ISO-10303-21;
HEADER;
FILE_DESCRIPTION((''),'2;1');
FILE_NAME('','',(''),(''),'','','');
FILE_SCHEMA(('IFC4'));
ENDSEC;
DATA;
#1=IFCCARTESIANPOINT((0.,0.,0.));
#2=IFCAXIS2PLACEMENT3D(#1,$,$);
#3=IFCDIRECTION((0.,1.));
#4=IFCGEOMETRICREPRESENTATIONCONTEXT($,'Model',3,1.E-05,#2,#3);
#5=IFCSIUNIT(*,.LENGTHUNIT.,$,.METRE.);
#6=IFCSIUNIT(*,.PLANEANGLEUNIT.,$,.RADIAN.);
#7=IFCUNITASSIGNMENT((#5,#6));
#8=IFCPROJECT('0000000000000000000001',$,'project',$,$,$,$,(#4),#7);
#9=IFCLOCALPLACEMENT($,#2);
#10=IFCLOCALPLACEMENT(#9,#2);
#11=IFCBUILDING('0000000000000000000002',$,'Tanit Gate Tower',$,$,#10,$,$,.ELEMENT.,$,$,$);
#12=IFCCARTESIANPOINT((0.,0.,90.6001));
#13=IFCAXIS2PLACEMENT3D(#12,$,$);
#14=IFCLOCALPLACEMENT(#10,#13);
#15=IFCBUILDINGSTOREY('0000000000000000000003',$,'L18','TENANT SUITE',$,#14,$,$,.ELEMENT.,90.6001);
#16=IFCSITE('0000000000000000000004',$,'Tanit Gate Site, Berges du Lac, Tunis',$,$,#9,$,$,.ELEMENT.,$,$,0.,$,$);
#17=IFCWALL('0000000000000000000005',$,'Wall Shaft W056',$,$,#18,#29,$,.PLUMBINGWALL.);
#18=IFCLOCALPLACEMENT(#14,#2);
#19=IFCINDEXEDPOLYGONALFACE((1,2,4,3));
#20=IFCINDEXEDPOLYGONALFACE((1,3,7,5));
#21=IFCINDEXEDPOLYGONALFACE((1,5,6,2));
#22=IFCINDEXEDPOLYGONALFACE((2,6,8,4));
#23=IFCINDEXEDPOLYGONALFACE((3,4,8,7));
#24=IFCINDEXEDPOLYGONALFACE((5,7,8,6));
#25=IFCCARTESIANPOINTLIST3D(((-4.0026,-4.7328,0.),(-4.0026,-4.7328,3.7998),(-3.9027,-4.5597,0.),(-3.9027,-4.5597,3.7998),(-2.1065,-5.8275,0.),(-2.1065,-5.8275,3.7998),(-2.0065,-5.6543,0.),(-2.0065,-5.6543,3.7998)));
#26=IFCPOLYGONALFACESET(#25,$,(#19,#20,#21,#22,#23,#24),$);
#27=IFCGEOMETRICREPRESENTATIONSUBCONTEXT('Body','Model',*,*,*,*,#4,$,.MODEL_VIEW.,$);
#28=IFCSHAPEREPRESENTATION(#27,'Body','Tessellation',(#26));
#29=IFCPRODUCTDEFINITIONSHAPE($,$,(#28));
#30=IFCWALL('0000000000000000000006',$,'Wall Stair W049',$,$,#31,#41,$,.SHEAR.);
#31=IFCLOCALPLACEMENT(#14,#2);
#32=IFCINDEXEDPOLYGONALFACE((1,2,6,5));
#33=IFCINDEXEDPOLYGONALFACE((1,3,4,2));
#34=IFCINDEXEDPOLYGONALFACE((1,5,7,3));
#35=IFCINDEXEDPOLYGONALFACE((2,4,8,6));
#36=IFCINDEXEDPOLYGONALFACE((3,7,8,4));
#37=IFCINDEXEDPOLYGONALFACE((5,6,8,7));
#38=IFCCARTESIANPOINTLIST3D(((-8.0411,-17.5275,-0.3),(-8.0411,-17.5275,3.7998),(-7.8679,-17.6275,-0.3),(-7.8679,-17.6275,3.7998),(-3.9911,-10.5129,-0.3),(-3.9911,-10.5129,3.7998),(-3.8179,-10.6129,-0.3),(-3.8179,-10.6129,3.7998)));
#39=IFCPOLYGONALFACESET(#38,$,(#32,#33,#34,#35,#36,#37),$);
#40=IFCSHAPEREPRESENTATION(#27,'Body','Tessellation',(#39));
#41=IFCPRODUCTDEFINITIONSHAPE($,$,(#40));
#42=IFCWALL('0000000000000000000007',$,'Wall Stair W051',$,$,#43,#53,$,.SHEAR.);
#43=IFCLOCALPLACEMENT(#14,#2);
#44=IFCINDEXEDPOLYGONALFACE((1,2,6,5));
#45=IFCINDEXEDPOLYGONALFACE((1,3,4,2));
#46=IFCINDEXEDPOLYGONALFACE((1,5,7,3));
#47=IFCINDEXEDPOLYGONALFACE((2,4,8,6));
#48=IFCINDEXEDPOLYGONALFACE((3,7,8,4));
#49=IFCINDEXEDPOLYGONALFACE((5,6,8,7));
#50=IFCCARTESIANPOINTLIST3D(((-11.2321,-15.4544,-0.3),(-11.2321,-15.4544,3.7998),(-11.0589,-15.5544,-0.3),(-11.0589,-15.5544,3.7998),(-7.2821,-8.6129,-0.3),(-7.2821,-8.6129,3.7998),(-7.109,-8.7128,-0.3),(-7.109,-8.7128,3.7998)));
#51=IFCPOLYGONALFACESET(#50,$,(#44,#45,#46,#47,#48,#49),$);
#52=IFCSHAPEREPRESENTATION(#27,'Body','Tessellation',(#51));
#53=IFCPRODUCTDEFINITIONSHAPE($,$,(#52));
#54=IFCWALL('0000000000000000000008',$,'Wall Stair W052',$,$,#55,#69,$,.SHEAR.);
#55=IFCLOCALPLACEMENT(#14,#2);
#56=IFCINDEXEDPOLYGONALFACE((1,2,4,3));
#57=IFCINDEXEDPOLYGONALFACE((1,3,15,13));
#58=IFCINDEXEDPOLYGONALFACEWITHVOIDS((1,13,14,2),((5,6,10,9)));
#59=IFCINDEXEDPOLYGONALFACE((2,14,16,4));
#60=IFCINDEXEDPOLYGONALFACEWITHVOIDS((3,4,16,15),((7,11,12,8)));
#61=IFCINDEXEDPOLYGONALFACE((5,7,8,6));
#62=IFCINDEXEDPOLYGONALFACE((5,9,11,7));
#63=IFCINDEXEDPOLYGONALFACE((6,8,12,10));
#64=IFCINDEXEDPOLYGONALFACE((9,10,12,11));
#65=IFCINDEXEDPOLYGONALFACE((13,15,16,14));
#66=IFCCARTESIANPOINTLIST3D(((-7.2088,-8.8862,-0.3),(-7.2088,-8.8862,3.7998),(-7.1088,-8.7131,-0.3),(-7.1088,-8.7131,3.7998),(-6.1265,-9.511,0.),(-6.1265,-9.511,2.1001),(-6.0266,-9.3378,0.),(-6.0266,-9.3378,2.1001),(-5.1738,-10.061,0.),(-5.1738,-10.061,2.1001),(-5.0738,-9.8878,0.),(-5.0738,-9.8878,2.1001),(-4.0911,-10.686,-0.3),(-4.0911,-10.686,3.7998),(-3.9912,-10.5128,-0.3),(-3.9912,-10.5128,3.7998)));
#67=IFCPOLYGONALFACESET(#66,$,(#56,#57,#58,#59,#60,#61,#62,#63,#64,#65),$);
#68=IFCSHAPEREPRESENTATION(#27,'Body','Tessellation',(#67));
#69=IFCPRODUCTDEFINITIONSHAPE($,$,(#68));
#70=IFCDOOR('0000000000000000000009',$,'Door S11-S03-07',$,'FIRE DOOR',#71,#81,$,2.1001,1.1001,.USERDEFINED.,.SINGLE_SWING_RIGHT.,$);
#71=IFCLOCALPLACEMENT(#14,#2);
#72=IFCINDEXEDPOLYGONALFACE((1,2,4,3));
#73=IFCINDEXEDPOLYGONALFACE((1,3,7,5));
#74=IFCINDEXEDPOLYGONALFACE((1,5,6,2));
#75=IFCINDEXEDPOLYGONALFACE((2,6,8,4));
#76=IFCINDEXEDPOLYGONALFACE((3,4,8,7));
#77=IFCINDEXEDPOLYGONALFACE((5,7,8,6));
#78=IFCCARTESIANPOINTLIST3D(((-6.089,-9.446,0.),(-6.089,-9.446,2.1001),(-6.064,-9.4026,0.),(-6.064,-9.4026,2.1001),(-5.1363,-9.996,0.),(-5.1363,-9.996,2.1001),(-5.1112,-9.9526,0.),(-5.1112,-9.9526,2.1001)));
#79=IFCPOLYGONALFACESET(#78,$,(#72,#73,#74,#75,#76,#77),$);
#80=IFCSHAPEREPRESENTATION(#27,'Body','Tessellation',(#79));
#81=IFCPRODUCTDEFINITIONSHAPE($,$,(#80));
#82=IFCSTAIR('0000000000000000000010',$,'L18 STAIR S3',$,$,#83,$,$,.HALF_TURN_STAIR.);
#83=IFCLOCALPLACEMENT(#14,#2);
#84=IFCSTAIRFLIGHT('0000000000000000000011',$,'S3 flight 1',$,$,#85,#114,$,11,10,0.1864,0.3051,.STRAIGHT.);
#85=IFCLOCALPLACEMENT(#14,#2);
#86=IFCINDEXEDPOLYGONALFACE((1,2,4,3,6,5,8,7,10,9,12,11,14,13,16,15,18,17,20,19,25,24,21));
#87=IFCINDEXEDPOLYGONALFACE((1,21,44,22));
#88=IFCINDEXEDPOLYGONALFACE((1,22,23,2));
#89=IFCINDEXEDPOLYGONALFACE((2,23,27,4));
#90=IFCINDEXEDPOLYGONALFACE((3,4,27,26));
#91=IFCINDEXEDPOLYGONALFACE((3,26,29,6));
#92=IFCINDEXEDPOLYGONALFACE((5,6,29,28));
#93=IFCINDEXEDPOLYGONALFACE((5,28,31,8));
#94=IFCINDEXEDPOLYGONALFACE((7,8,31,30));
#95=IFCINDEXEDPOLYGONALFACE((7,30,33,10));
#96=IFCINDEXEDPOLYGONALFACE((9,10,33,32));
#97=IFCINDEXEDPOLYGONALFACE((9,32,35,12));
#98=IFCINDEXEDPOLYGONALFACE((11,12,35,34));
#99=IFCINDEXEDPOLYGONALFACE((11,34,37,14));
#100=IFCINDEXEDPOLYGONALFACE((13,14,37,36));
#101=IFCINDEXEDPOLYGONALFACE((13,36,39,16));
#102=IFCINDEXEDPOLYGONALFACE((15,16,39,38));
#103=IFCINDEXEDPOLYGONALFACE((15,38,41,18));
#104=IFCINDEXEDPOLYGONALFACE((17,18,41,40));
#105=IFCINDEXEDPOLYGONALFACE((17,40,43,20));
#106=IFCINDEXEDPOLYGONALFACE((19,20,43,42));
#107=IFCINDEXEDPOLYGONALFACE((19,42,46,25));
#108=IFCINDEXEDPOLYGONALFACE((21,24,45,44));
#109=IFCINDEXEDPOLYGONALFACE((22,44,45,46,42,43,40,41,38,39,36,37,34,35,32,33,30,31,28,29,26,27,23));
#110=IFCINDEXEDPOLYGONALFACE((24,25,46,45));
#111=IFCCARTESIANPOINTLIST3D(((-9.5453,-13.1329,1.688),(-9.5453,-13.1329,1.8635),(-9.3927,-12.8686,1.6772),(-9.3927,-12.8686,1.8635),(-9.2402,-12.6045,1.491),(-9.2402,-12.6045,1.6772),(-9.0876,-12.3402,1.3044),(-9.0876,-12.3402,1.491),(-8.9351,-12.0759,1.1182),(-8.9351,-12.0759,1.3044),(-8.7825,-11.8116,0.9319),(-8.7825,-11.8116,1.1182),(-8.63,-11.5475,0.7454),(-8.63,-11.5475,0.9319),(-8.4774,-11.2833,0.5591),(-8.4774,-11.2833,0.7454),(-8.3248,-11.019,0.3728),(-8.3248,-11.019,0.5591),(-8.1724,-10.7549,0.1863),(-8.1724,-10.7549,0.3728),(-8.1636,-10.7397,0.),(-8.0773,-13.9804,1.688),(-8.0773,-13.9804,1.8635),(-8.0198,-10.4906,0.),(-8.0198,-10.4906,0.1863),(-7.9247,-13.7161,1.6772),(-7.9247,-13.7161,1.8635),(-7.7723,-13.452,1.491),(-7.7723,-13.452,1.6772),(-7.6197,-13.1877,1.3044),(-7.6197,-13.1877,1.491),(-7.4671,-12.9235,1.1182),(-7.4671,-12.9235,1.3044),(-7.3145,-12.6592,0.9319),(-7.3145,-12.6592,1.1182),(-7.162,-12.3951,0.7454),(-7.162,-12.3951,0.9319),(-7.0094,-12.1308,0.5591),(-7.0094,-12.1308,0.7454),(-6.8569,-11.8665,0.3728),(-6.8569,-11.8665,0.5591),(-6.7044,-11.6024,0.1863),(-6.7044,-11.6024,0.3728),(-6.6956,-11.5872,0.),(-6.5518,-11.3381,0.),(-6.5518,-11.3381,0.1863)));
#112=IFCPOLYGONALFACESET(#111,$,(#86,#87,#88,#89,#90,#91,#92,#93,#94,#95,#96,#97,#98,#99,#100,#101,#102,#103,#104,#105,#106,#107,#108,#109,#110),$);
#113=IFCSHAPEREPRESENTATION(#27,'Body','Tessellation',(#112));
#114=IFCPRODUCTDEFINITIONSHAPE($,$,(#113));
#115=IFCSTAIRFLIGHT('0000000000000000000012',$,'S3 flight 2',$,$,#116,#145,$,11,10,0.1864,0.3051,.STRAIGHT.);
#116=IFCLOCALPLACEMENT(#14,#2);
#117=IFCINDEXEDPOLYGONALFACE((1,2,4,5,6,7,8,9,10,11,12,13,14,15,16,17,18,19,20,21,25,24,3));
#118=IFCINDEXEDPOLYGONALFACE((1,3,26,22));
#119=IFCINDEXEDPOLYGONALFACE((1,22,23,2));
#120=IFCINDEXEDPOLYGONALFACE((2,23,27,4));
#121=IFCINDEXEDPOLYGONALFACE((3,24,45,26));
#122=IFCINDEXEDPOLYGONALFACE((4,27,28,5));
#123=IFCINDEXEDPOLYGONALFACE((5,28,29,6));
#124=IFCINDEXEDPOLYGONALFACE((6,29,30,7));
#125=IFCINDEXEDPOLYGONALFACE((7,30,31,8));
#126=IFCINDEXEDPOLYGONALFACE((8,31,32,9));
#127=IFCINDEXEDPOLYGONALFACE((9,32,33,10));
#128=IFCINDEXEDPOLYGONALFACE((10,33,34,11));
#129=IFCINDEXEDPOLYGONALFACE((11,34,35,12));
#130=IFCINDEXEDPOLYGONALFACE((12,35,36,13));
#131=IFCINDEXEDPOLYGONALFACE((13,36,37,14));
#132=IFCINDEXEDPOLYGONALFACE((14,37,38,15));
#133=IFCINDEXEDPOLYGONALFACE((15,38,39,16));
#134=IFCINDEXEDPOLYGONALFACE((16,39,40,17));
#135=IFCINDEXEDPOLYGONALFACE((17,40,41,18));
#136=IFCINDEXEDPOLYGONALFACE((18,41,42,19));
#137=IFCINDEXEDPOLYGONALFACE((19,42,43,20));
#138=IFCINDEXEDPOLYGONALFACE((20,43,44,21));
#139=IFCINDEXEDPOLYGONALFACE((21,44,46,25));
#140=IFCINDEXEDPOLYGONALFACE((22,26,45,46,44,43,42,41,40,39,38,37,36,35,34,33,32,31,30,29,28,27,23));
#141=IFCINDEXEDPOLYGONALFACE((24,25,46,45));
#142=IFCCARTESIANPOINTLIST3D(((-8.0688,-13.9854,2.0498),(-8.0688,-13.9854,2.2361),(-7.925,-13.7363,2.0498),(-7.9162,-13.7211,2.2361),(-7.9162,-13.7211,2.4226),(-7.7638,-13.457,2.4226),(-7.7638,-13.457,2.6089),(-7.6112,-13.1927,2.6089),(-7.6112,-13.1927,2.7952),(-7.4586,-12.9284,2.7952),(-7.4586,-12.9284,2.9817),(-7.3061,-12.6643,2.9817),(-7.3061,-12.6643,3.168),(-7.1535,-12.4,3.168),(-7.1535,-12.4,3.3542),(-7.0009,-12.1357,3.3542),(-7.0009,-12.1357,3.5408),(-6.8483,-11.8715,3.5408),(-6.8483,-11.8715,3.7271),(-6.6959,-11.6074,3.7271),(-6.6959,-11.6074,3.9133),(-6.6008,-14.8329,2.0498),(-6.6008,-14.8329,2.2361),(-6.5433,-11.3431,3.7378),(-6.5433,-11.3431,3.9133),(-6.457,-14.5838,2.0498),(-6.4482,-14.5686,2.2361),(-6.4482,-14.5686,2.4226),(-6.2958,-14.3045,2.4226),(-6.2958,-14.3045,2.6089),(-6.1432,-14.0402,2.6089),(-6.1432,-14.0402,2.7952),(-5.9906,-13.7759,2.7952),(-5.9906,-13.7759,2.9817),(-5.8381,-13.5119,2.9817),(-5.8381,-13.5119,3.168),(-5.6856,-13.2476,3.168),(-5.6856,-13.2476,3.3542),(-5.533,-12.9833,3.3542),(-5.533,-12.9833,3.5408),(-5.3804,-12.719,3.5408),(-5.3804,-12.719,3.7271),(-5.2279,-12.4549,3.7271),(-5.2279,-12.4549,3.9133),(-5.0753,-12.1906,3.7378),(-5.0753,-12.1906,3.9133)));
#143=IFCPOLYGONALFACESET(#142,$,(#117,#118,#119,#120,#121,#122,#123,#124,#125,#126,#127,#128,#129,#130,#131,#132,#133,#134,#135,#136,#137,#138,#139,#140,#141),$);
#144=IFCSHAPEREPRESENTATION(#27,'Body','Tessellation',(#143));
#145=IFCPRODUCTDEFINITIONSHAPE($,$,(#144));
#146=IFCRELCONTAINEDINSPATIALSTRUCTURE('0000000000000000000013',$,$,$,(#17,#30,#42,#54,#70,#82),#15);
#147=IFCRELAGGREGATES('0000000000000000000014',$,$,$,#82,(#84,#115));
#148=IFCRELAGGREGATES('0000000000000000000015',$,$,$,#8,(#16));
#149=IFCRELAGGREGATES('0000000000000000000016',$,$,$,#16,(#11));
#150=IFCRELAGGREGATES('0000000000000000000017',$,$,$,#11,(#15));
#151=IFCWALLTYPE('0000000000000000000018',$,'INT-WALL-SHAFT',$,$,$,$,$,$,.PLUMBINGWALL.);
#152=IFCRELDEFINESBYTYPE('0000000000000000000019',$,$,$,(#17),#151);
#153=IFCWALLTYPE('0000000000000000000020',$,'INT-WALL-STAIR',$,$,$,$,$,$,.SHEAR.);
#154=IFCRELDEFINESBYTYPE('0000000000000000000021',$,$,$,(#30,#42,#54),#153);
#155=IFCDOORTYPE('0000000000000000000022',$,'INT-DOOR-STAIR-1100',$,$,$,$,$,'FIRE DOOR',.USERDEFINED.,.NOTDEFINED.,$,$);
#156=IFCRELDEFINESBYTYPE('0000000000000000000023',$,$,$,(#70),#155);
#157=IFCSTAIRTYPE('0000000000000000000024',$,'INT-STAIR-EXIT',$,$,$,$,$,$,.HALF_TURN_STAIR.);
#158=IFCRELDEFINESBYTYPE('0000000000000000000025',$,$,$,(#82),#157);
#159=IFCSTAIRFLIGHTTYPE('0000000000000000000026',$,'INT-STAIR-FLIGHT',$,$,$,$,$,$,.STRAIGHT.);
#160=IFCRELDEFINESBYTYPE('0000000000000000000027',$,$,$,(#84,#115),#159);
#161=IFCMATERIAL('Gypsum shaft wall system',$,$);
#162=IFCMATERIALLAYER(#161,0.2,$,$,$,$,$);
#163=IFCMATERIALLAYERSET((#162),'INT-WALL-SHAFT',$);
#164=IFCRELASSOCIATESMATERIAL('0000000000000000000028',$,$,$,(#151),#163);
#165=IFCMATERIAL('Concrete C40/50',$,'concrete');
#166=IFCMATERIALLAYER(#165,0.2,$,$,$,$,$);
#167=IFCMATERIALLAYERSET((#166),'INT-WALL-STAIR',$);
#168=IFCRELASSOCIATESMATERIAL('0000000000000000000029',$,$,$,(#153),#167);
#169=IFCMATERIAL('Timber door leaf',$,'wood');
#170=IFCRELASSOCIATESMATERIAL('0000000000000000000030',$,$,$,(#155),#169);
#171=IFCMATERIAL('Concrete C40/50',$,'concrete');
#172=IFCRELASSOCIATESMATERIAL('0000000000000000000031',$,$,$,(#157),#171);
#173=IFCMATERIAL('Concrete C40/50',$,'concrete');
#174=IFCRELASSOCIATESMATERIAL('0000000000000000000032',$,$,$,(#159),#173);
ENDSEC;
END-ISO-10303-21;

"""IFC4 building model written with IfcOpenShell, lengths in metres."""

from ifc_helpers import new_model, si_unit, direction, frame, frame_2d, origin, place, context, subcontext, project, spatial, polyline, rectangle, outline, extrude, material, layer, layer_set, type_object, element, fill, aggregate, save


model = new_model("IFC4")

# Units and contexts
model_context = context("Model", 3, precision=1e-05, world=origin(), true_north=direction((0.0, 1.0)))
body_context = subcontext(model_context, "Body", "Model", "MODEL_VIEW")
ifc_project = project(units=[si_unit("LENGTHUNIT", "METRE"), si_unit("PLANEANGLEUNIT", "RADIAN")], contexts=[model_context])

# Site, building, storey
site_placement = place(None, origin())
site = spatial("IfcSite", under=ifc_project, at=site_placement, Name="Tanit Gate Site, Berges du Lac, Tunis", CompositionType="ELEMENT", RefElevation=0.0)
building_placement = place(site_placement, origin())
building = spatial("IfcBuilding", under=site, at=building_placement, Name="Tanit Gate Tower", CompositionType="ELEMENT")
storey_placement = place(building_placement, frame((0.0, 0.0, 90.6001)))
storey = spatial("IfcBuildingStorey", under=building, at=storey_placement, Name="L18", Description="TENANT SUITE", CompositionType="ELEMENT", Elevation=90.6001)

# Shared definitions
ifc_material_1 = material(Name="Gypsum shaft wall system")
ifc_layer_1 = layer(ifc_material_1, 0.2)
ifc_layer_set_1 = layer_set([ifc_layer_1], Name="INT-WALL-SHAFT")
wall_type_1 = type_object("IfcWallType", Name="INT-WALL-SHAFT", PredefinedType="PLUMBINGWALL", material=ifc_layer_set_1)

# Walls
wall_1_placement = place(storey_placement, frame((-3.9526, -4.6462, 0.0), z_axis=(0.0, 0.0, 1.0), x_axis=(0.866039, -0.499977, 0.0)))
element("IfcWall", 1, at=wall_1_placement, inside=storey, type_object=wall_type_1, Name="Wall Shaft W056", PredefinedType="PLUMBINGWALL", context=body_context, shape_type="SweptSolid", body=[
    extrude(rectangle(XDim=2.1895, YDim=0.2, at=frame_2d((1.0947, 0.0))), origin(), (0.0, 0.0, 1.0), 3.7998),
])
ifc_material_2 = material(Name="Concrete C40/50", Category="concrete")
ifc_layer_2 = layer(ifc_material_2, 0.2)
ifc_layer_set_2 = layer_set([ifc_layer_2], Name="INT-WALL-STAIR")
wall_type_2 = type_object("IfcWallType", Name="INT-WALL-STAIR", PredefinedType="SHEAR", material=ifc_layer_set_2)
wall_2_placement = place(storey_placement, frame((-3.9045, -10.563, -0.3), z_axis=(0.0, 0.0, 1.0), x_axis=(-0.500013, -0.866018, 0.0)))
element("IfcWall", 2, at=wall_2_placement, inside=storey, type_object=wall_type_2, Name="Wall Stair W049", PredefinedType="SHEAR", context=body_context, shape_type="SweptSolid", body=[
    extrude(rectangle(XDim=8.0999, YDim=0.2, at=frame_2d((4.0498, 0.0))), origin(), (0.0, 0.0, 1.0), 4.0999),
])
wall_3_placement = place(storey_placement, frame((-7.1956, -8.6628, -0.3), z_axis=(0.0, 0.0, 1.0), x_axis=(-0.499998, -0.866027, 0.0)))
element("IfcWall", 3, at=wall_3_placement, inside=storey, type_object=wall_type_2, Name="Wall Stair W051", PredefinedType="SHEAR", context=body_context, shape_type="SweptSolid", body=[
    extrude(rectangle(XDim=7.8999, YDim=0.2, at=frame_2d((3.95, 0.0))), origin(), (0.0, 0.0, 1.0), 4.0999),
])

# Wall, opening, door
wall_4_placement = place(storey_placement, frame((-4.0413, -10.5994, -0.3), z_axis=(0.0, 0.0, 1.0), x_axis=(-0.866048, 0.499961, 0.0)))
wall_4 = element("IfcWall", 4, at=wall_4_placement, inside=storey, type_object=wall_type_2, Name="Wall Stair W052", PredefinedType="SHEAR", context=body_context, shape_type="SweptSolid", body=[
    extrude(rectangle(XDim=3.5999, YDim=0.2, at=frame_2d((1.7998, 0.0))), origin(), (0.0, 0.0, 1.0), 4.0999),
])
opening_1_placement = place(wall_4_placement, frame((1.25, 0.0, 0.3)))
opening_1 = element("IfcOpeningElement", 5, at=opening_1_placement, cuts=wall_4, PredefinedType="OPENING", context=body_context, shape_type="SweptSolid", body=[
    extrude(rectangle(XDim=1.1001, YDim=2.1001, at=frame_2d((0.55, 1.05))), frame((0.0, 0.1099, 0.0), z_axis=(0.0, -1.0, 0.0), x_axis=(1.0, 0.0, 0.0)), (0.0, 0.0, 1.0), 0.22),
])
ifc_material_3 = material(Name="Timber door leaf", Category="wood")
door_type_1 = type_object("IfcDoorType", Name="INT-DOOR-STAIR-1100", ElementType="FIRE DOOR", OperationType="NOTDEFINED", PredefinedType="USERDEFINED", material=ifc_material_3)
door_1_placement = place(opening_1_placement, origin())
door_1 = element("IfcDoor", 6, at=door_1_placement, inside=storey, type_object=door_type_1, Name="Door S11-S03-07", ObjectType="FIRE DOOR", OperationType="SINGLE_SWING_RIGHT", OverallHeight=2.1001, OverallWidth=1.1001, PredefinedType="USERDEFINED", context=body_context, shape_type="SweptSolid", body=[
    extrude(rectangle(XDim=1.1001, YDim=2.1001, at=frame_2d((0.55, 1.05))), frame((0.0, 0.0249, 0.0), z_axis=(0.0, -1.0, 0.0), x_axis=(1.0, 0.0, 0.0)), (0.0, 0.0, 1.0), 0.05),
])
fill(opening_1, door_1)

# Stair, stair flights
ifc_material_4 = material(Name="Concrete C40/50", Category="concrete")
stair_type = type_object("IfcStairType", Name="INT-STAIR-EXIT", PredefinedType="HALF_TURN_STAIR", material=ifc_material_4)
stair_placement = place(storey_placement, origin())
stair = element("IfcStair", 7, at=stair_placement, inside=storey, type_object=stair_type, Name="L18 STAIR S3", PredefinedType="HALF_TURN_STAIR")
ifc_material_5 = material(Name="Concrete C40/50", Category="concrete")
stair_flight_type = type_object("IfcStairFlightType", Name="INT-STAIR-FLIGHT", PredefinedType="STRAIGHT", material=ifc_material_5)
stair_flight_1_placement = place(storey_placement, frame((-7.2859, -10.9143, 0.0), z_axis=(0.0, 0.0, 1.0), x_axis=(-0.5, -0.866025, 0.0)))
stair_flight_1 = element("IfcStairFlight", 8, at=stair_flight_1_placement, type_object=stair_flight_type, Name="S3 flight 1", NumberOfRisers=11, NumberOfTreads=10, PredefinedType="STRAIGHT", RiserHeight=0.1864, TreadLength=0.3051, context=body_context, shape_type="SweptSolid", body=[
    extrude(outline(polyline([(0.0, 0.0), (0.0, 0.1863), (0.3052, 0.1863), (0.3052, 0.3728), (0.6101, 0.3728), (0.6101, 0.5591), (0.9153, 0.5591), (0.9153, 0.7454), (1.2205, 0.7454), (1.2205, 0.9319), (1.5254, 0.9319), (1.5254, 1.1182), (1.8306, 1.1182), (1.8306, 1.3044), (2.1357, 1.3044), (2.1357, 1.491), (2.4409, 1.491), (2.4409, 1.6772), (2.7458, 1.6772), (2.7458, 1.8635), (3.051, 1.8635), (3.051, 2.05), (3.051, 1.688), (0.2876, 0.0), (0.0, 0.0)])), frame((0.0, 0.8477, 0.0), z_axis=(0.0, -1.0, 0.0), x_axis=(1.0, 0.0, 0.0)), (0.0, 0.0, 1.0), 1.6951),
])
stair_flight_2_placement = place(storey_placement, frame((-7.3347, -14.4092, 2.0498), z_axis=(0.0, 0.0, 1.0), x_axis=(0.5, 0.866025, 0.0)))
stair_flight_2 = element("IfcStairFlight", 9, at=stair_flight_2_placement, type_object=stair_flight_type, Name="S3 flight 2", NumberOfRisers=11, NumberOfTreads=10, PredefinedType="STRAIGHT", RiserHeight=0.1864, TreadLength=0.3051, context=body_context, shape_type="SweptSolid", body=[
    extrude(outline(polyline([(0.0, 0.0), (0.0, 0.1863), (0.3052, 0.1863), (0.3052, 0.3728), (0.6101, 0.3728), (0.6101, 0.5591), (0.9153, 0.5591), (0.9153, 0.7454), (1.2205, 0.7454), (1.2205, 0.9319), (1.5254, 0.9319), (1.5254, 1.1182), (1.8306, 1.1182), (1.8306, 1.3044), (2.1357, 1.3044), (2.1357, 1.491), (2.4409, 1.491), (2.4409, 1.6772), (2.7458, 1.6772), (2.7458, 1.8635), (3.051, 1.8635), (3.051, 2.05), (3.051, 1.688), (0.2876, 0.0), (0.0, 0.0)])), frame((0.0, 0.8477, 0.0), z_axis=(0.0, -1.0, 0.0), x_axis=(1.0, 0.0, 0.0)), (0.0, 0.0, 1.0), 1.6951),
])
aggregate(stair, [stair_flight_1, stair_flight_2])

save(model, "model.ifc")
